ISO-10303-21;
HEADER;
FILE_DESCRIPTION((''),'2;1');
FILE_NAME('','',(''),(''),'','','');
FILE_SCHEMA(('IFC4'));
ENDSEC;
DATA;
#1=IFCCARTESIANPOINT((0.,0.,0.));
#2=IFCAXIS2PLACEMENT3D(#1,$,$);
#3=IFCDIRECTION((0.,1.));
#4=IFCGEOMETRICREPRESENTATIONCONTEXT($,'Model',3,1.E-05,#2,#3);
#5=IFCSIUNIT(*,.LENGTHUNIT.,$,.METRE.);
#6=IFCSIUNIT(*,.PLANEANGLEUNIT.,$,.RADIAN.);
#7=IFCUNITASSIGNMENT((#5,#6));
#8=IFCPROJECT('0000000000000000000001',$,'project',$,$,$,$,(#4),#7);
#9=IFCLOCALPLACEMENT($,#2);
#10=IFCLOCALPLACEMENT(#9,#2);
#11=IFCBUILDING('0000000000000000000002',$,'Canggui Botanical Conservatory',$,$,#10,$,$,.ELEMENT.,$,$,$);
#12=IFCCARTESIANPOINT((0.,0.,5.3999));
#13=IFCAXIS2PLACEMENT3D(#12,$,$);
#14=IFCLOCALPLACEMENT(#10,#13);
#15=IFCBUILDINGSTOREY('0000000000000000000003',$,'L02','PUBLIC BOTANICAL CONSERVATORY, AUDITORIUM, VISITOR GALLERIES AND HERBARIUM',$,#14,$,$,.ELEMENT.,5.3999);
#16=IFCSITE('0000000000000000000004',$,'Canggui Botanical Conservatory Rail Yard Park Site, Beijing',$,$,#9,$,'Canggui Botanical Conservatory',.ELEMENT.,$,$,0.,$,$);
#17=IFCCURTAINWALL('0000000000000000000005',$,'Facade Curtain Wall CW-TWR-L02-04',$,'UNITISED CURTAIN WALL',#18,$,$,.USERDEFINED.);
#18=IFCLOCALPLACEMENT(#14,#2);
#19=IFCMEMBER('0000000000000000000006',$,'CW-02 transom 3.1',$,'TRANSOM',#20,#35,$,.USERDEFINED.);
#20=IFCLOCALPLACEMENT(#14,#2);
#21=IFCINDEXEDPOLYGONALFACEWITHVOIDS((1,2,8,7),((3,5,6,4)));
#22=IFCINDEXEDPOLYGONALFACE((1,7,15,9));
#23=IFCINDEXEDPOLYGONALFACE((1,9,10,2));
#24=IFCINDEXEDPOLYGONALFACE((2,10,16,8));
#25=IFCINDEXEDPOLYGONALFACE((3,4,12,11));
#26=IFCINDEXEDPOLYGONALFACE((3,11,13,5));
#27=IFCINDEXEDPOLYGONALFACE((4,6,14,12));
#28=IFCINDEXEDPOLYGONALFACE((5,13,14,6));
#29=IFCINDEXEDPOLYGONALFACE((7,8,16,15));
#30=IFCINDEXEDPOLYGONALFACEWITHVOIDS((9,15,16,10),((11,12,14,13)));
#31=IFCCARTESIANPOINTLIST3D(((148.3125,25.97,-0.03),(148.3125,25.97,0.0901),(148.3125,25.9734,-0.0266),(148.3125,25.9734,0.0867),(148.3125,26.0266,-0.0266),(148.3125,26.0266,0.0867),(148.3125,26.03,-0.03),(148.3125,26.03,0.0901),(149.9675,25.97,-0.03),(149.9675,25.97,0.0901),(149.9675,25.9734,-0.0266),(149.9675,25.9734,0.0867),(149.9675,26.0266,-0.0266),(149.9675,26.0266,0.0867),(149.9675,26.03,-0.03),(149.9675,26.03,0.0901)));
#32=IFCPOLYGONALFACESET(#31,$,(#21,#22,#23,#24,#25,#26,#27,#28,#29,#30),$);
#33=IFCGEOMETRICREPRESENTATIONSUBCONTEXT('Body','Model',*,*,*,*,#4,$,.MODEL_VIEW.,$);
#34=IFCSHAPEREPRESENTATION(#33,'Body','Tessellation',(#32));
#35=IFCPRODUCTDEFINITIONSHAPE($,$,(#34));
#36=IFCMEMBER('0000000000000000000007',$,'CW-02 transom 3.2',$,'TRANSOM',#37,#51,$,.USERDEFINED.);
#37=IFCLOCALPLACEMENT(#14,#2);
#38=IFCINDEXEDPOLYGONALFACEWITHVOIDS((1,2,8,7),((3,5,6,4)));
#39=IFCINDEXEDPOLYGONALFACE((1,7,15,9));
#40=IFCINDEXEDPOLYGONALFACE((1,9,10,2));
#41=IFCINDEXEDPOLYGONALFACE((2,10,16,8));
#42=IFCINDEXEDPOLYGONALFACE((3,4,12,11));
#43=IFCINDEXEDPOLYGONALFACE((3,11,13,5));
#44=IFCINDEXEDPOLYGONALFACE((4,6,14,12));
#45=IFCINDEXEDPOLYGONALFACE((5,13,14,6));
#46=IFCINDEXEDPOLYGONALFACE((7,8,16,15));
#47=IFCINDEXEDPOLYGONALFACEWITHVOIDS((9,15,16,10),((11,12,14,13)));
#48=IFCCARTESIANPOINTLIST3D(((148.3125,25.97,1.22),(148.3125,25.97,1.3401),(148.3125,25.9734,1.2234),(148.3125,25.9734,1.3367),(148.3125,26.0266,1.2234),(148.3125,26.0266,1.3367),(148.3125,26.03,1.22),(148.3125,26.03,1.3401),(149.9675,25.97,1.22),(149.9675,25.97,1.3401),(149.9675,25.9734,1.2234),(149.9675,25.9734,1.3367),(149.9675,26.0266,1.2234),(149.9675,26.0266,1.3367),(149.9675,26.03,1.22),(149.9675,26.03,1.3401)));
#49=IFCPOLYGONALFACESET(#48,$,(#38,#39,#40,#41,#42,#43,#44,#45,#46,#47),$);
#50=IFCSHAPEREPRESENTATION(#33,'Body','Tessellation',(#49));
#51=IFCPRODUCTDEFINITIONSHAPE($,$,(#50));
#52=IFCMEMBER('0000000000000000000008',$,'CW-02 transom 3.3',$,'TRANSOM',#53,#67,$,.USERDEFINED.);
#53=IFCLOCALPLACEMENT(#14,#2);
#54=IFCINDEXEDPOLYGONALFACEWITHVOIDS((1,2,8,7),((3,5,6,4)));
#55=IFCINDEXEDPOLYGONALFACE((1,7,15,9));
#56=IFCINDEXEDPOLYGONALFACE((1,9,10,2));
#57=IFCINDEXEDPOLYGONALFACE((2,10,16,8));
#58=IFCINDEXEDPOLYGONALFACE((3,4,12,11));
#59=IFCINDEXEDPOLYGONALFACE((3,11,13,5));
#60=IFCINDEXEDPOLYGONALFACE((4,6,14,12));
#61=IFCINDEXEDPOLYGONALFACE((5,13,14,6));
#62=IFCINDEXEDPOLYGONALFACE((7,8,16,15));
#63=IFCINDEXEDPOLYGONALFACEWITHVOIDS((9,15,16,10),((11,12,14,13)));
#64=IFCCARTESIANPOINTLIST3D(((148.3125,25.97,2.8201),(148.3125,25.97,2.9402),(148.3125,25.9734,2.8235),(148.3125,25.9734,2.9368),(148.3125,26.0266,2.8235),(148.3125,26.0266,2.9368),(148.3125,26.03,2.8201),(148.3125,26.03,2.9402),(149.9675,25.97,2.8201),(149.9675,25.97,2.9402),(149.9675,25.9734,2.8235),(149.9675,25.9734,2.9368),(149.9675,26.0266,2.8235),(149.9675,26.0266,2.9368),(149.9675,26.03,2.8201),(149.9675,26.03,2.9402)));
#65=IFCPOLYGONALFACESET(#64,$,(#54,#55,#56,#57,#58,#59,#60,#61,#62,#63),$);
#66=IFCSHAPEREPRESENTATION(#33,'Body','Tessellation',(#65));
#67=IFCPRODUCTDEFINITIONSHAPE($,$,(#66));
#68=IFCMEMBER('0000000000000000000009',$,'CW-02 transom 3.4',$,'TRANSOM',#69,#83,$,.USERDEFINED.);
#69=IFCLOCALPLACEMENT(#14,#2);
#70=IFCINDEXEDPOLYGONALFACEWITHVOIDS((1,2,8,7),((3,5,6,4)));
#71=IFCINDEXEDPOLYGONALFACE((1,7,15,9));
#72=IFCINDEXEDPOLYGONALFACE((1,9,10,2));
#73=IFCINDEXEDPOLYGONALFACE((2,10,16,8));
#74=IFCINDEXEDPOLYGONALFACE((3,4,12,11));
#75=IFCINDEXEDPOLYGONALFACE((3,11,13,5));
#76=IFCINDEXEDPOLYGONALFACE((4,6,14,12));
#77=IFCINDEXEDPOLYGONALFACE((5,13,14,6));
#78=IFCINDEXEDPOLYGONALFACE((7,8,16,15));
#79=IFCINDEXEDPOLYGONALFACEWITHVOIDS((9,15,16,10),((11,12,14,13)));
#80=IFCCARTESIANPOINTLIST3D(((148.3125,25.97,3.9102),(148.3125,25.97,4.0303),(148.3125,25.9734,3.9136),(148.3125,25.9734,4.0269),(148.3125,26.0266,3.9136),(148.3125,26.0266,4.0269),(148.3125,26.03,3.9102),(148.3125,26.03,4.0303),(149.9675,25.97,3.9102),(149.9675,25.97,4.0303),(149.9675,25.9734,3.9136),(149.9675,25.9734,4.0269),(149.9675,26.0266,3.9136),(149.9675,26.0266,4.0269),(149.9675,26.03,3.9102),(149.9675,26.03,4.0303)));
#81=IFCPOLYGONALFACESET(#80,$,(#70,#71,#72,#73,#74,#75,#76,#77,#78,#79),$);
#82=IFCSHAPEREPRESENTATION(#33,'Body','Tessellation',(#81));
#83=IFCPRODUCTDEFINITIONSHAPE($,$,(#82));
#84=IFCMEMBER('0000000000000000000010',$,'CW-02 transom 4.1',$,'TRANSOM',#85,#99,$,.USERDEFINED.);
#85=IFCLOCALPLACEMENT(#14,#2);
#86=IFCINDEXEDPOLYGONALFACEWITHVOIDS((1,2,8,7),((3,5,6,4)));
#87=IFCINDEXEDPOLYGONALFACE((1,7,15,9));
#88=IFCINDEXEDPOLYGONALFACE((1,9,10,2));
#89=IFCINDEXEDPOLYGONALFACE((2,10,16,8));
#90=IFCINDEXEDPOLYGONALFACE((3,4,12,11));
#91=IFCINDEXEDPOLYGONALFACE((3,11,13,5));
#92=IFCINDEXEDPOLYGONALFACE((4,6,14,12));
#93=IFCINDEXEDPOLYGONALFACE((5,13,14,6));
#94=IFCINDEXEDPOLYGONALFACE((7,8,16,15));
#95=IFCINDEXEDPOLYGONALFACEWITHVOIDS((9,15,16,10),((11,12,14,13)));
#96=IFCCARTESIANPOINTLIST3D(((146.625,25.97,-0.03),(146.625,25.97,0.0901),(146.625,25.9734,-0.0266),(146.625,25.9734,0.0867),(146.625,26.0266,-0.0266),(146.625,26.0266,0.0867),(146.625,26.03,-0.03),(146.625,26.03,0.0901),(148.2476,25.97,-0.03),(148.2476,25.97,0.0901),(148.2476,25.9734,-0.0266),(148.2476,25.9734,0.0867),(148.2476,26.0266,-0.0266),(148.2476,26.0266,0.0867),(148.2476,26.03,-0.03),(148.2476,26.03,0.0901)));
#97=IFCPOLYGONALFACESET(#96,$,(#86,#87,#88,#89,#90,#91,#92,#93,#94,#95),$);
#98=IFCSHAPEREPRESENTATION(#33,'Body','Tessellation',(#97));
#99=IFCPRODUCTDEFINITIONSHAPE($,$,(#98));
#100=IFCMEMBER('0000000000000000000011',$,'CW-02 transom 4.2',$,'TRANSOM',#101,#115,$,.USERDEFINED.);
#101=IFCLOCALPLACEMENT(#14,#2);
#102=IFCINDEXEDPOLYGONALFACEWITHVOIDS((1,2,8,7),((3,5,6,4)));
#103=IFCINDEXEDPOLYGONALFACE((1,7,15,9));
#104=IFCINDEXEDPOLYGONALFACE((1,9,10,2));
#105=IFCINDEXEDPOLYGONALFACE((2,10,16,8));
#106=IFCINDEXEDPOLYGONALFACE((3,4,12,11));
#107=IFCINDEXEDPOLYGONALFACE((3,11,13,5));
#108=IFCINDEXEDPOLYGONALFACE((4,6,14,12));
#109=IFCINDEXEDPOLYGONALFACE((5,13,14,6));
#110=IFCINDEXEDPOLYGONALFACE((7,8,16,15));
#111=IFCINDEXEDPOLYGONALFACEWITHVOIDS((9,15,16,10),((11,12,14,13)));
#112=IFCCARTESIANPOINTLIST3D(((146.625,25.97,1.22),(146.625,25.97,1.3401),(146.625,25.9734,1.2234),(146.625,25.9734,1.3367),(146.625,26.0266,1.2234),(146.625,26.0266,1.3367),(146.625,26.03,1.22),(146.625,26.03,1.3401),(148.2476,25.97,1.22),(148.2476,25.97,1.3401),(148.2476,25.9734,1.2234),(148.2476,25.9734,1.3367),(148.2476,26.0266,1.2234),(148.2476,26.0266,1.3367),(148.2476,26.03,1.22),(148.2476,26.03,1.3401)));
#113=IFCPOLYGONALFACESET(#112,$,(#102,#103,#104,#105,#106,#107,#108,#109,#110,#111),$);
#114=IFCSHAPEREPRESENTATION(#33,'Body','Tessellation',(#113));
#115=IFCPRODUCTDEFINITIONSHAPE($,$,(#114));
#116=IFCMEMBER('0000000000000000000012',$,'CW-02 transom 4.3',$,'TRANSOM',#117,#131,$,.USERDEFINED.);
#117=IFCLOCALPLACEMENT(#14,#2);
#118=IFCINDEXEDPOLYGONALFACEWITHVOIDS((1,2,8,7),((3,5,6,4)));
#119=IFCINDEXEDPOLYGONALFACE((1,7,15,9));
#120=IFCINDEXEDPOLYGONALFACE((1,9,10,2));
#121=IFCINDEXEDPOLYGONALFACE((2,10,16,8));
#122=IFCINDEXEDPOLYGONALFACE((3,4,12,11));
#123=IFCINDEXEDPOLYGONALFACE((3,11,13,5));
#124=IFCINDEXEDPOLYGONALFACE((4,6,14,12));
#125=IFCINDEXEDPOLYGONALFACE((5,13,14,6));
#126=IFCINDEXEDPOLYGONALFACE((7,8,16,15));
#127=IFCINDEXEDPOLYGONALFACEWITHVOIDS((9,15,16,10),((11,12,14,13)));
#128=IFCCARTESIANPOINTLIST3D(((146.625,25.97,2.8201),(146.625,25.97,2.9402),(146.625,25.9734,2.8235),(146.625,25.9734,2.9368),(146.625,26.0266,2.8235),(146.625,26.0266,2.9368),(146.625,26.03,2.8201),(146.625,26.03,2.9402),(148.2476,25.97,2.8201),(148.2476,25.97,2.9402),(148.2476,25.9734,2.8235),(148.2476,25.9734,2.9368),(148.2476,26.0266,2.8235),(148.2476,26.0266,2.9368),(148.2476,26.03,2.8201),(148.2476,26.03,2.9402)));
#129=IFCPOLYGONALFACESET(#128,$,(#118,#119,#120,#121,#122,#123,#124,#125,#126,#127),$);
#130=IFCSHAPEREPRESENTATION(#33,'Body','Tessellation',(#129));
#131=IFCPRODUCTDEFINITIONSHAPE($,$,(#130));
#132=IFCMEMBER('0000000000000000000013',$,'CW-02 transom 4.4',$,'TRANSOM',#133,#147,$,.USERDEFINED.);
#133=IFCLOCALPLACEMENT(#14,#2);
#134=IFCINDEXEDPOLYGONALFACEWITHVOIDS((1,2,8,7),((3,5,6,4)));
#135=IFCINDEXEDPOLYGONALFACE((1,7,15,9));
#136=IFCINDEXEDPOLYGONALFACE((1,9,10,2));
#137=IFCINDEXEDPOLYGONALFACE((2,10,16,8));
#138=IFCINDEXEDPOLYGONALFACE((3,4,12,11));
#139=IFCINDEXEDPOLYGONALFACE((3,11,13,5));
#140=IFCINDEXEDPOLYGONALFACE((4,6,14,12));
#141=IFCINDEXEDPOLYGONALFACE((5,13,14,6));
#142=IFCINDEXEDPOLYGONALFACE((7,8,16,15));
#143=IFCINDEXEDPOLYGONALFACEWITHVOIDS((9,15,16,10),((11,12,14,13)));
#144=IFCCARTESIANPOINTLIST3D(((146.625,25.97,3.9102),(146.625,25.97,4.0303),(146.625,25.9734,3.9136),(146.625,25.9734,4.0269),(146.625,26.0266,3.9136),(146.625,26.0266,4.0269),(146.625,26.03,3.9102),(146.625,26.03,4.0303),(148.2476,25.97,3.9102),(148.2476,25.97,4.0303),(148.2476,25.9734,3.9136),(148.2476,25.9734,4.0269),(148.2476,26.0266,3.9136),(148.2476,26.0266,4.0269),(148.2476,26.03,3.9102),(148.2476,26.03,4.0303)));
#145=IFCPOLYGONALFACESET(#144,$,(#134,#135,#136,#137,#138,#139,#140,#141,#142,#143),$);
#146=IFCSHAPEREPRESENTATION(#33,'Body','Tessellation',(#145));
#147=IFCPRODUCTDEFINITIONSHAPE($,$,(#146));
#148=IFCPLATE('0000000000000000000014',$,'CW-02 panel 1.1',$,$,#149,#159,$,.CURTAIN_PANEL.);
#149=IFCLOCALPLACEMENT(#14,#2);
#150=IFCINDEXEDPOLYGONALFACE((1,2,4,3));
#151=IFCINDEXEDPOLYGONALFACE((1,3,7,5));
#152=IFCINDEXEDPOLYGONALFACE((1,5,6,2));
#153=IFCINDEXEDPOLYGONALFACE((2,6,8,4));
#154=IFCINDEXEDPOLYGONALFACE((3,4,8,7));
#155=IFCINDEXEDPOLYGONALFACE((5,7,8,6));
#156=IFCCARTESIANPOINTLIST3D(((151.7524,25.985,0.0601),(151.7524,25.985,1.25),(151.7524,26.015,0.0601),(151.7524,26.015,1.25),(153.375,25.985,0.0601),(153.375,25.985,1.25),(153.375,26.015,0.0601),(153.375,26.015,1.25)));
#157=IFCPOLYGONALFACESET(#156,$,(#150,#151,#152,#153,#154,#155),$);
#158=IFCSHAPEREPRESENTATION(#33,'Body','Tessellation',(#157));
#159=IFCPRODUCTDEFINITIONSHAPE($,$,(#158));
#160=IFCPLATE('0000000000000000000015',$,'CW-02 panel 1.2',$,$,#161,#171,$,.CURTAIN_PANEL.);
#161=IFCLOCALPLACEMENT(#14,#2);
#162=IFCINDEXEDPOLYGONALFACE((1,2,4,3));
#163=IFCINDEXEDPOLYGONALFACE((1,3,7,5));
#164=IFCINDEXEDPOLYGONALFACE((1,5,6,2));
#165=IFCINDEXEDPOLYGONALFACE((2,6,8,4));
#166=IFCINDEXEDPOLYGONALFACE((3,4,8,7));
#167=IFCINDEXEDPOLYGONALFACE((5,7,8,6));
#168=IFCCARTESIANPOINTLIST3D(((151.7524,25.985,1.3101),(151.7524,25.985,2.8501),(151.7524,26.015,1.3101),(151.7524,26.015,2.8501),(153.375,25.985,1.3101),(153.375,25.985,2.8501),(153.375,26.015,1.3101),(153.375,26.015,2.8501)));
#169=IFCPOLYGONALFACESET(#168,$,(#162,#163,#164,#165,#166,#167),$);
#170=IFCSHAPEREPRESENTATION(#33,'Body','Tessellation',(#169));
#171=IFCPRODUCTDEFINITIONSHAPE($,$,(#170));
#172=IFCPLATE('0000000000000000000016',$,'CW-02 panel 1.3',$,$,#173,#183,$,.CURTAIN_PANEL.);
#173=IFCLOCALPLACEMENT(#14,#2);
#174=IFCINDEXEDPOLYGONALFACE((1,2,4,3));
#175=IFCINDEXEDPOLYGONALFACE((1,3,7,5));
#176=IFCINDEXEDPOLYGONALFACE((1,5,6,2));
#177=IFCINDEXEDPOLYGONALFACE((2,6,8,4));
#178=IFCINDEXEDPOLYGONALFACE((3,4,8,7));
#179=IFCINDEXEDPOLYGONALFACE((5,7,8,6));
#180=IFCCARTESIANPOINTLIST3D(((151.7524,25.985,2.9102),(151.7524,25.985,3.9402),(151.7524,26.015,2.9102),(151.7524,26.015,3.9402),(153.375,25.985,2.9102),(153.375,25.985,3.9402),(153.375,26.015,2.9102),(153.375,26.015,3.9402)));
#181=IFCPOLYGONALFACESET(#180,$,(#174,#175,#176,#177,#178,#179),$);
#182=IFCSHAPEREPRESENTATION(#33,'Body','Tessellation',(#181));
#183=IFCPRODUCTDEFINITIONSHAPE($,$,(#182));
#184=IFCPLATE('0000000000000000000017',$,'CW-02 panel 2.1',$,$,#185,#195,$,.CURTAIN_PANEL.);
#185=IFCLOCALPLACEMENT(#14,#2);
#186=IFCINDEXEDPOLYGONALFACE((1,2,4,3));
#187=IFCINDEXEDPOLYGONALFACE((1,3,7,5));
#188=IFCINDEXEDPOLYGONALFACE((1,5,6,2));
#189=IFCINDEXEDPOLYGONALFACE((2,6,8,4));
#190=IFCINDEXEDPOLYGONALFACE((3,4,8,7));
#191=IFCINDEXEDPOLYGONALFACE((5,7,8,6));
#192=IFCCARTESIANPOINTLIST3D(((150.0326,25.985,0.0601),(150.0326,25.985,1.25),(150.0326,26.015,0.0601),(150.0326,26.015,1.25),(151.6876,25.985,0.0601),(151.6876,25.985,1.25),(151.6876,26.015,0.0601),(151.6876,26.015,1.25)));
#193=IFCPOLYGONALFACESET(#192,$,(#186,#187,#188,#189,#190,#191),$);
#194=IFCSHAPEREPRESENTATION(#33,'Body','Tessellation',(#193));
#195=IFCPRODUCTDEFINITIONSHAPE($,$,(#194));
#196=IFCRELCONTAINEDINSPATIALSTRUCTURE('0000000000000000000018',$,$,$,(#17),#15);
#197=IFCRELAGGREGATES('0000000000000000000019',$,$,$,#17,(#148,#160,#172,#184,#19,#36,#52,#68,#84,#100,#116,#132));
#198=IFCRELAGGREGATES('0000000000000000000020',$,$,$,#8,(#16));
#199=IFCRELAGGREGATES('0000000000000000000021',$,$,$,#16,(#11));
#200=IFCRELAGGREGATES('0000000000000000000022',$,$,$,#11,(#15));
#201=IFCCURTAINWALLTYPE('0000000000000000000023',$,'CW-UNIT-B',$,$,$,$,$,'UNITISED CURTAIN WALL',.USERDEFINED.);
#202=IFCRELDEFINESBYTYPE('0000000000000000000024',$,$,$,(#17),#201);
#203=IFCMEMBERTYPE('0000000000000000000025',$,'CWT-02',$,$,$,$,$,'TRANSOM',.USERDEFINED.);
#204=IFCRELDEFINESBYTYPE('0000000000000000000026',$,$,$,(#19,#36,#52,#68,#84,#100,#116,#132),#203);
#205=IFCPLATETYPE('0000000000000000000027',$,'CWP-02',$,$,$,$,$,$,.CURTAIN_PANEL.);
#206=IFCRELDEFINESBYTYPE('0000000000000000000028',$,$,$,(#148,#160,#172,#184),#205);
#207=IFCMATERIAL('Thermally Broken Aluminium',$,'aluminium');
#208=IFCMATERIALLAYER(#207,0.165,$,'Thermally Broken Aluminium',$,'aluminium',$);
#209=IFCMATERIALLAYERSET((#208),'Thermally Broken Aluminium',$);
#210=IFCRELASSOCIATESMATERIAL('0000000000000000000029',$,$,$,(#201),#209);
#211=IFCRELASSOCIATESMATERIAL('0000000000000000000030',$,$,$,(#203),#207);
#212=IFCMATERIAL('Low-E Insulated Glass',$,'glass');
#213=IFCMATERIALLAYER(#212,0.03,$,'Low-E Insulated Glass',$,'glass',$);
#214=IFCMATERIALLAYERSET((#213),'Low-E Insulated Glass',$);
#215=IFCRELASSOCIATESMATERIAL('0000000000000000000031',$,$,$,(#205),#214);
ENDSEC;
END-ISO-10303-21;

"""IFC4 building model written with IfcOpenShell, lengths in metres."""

from ifc_helpers import new_model, si_unit, direction, frame, origin, origin_2d, place, context, subcontext, project, spatial, rectangle, hollow_rectangle, extrude, material, layer, layer_set, material_profile, profile_set, type_object, element, aggregate, save


model = new_model("IFC4")

# Units and contexts
model_context = context("Model", 3, precision=1e-05, world=origin(), true_north=direction((0.0, 1.0)))
body_context = subcontext(model_context, "Body", "Model", "MODEL_VIEW")
ifc_project = project(units=[si_unit("LENGTHUNIT", "METRE"), si_unit("PLANEANGLEUNIT", "RADIAN")], contexts=[model_context])

# Site, building, storey
site_placement = place(None, origin())
site = spatial("IfcSite", under=ifc_project, at=site_placement, Name="Canggui Botanical Conservatory Rail Yard Park Site, Beijing", LongName="Canggui Botanical Conservatory", CompositionType="ELEMENT", RefElevation=0.0)
building_placement = place(site_placement, origin())
building = spatial("IfcBuilding", under=site, at=building_placement, Name="Canggui Botanical Conservatory", CompositionType="ELEMENT")
storey_placement = place(building_placement, frame((0.0, 0.0, 5.3999)))
storey = spatial("IfcBuildingStorey", under=building, at=storey_placement, Name="L02", Description="PUBLIC BOTANICAL CONSERVATORY, AUDITORIUM, VISITOR GALLERIES AND HERBARIUM", CompositionType="ELEMENT", Elevation=5.3999)

# Curtain wall, members, plates
ifc_material_1 = material(Name="Thermally Broken Aluminium", Category="aluminium")
ifc_layer_1 = layer(ifc_material_1, 0.165, Name="Thermally Broken Aluminium", Category="aluminium")
ifc_layer_set_1 = layer_set([ifc_layer_1], Name="Thermally Broken Aluminium")
curtain_wall_type = type_object("IfcCurtainWallType", Name="CW-UNIT-B", ElementType="UNITISED CURTAIN WALL", PredefinedType="USERDEFINED", material=ifc_layer_set_1)
curtain_wall_placement = place(storey_placement, origin())
curtain_wall = element("IfcCurtainWall", 1, at=curtain_wall_placement, inside=storey, type_object=curtain_wall_type, Name="Facade Curtain Wall CW-TWR-L02-04", ObjectType="UNITISED CURTAIN WALL", PredefinedType="USERDEFINED")
ifc_material_profile_1 = material_profile(ifc_material_1, hollow_rectangle(XDim=0.0601, YDim=0.1201, WallThickness=0.0034, at=origin_2d()), Name="CWT 60x120x3.5")
ifc_profile_set_1 = profile_set([ifc_material_profile_1], Name="Thermally Broken Aluminium")
member_type_1 = type_object("IfcMemberType", Name="CWT-02", ElementType="TRANSOM", PredefinedType="USERDEFINED", material=ifc_profile_set_1)
member_1_placement = place(storey_placement, frame((149.9675, 26.0, 0.03), z_axis=(-1.0, 0.0, 0.0), x_axis=(0.0, -1.0, 0.0)))
member_1 = element("IfcMember", 2, at=member_1_placement, type_object=member_type_1, Name="CW-02 transom 3.1", ObjectType="TRANSOM", PredefinedType="USERDEFINED", context=body_context, shape_type="SweptSolid", body=[
    extrude(hollow_rectangle(XDim=0.0601, YDim=0.1201, WallThickness=0.0034, at=origin_2d()), origin(), (0.0, 0.0, 1.0), 1.655),
])
member_2_placement = place(storey_placement, frame((149.9675, 26.0, 1.28), z_axis=(-1.0, 0.0, 0.0), x_axis=(0.0, -1.0, 0.0)))
member_2 = element("IfcMember", 3, at=member_2_placement, type_object=member_type_1, Name="CW-02 transom 3.2", ObjectType="TRANSOM", PredefinedType="USERDEFINED", context=body_context, shape_type="SweptSolid", body=[
    extrude(hollow_rectangle(XDim=0.0601, YDim=0.1201, WallThickness=0.0034, at=origin_2d()), origin(), (0.0, 0.0, 1.0), 1.655),
])
member_3_placement = place(storey_placement, frame((149.9675, 26.0, 2.8801), z_axis=(-1.0, 0.0, 0.0), x_axis=(0.0, -1.0, 0.0)))
member_3 = element("IfcMember", 4, at=member_3_placement, type_object=member_type_1, Name="CW-02 transom 3.3", ObjectType="TRANSOM", PredefinedType="USERDEFINED", context=body_context, shape_type="SweptSolid", body=[
    extrude(hollow_rectangle(XDim=0.0601, YDim=0.1201, WallThickness=0.0034, at=origin_2d()), origin(), (0.0, 0.0, 1.0), 1.655),
])
member_4_placement = place(storey_placement, frame((149.9675, 26.0, 3.9702), z_axis=(-1.0, 0.0, 0.0), x_axis=(0.0, -1.0, 0.0)))
member_4 = element("IfcMember", 5, at=member_4_placement, type_object=member_type_1, Name="CW-02 transom 3.4", ObjectType="TRANSOM", PredefinedType="USERDEFINED", context=body_context, shape_type="SweptSolid", body=[
    extrude(hollow_rectangle(XDim=0.0601, YDim=0.1201, WallThickness=0.0034, at=origin_2d()), origin(), (0.0, 0.0, 1.0), 1.655),
])
member_5_placement = place(storey_placement, frame((148.2476, 26.0, 0.03), z_axis=(-1.0, 0.0, 0.0), x_axis=(0.0, -1.0, 0.0)))
member_5 = element("IfcMember", 6, at=member_5_placement, type_object=member_type_1, Name="CW-02 transom 4.1", ObjectType="TRANSOM", PredefinedType="USERDEFINED", context=body_context, shape_type="SweptSolid", body=[
    extrude(hollow_rectangle(XDim=0.0601, YDim=0.1201, WallThickness=0.0034, at=origin_2d()), origin(), (0.0, 0.0, 1.0), 1.6226),
])
member_6_placement = place(storey_placement, frame((148.2476, 26.0, 1.28), z_axis=(-1.0, 0.0, 0.0), x_axis=(0.0, -1.0, 0.0)))
member_6 = element("IfcMember", 7, at=member_6_placement, type_object=member_type_1, Name="CW-02 transom 4.2", ObjectType="TRANSOM", PredefinedType="USERDEFINED", context=body_context, shape_type="SweptSolid", body=[
    extrude(hollow_rectangle(XDim=0.0601, YDim=0.1201, WallThickness=0.0034, at=origin_2d()), origin(), (0.0, 0.0, 1.0), 1.6226),
])
member_7_placement = place(storey_placement, frame((148.2476, 26.0, 2.8801), z_axis=(-1.0, 0.0, 0.0), x_axis=(0.0, -1.0, 0.0)))
member_7 = element("IfcMember", 8, at=member_7_placement, type_object=member_type_1, Name="CW-02 transom 4.3", ObjectType="TRANSOM", PredefinedType="USERDEFINED", context=body_context, shape_type="SweptSolid", body=[
    extrude(hollow_rectangle(XDim=0.0601, YDim=0.1201, WallThickness=0.0034, at=origin_2d()), origin(), (0.0, 0.0, 1.0), 1.6226),
])
member_8_placement = place(storey_placement, frame((148.2476, 26.0, 3.9702), z_axis=(-1.0, 0.0, 0.0), x_axis=(0.0, -1.0, 0.0)))
member_8 = element("IfcMember", 9, at=member_8_placement, type_object=member_type_1, Name="CW-02 transom 4.4", ObjectType="TRANSOM", PredefinedType="USERDEFINED", context=body_context, shape_type="SweptSolid", body=[
    extrude(hollow_rectangle(XDim=0.0601, YDim=0.1201, WallThickness=0.0034, at=origin_2d()), origin(), (0.0, 0.0, 1.0), 1.6226),
])
ifc_material_2 = material(Name="Low-E Insulated Glass", Category="glass")
ifc_layer_2 = layer(ifc_material_2, 0.03, Name="Low-E Insulated Glass", Category="glass")
ifc_layer_set_2 = layer_set([ifc_layer_2], Name="Low-E Insulated Glass")
plate_type = type_object("IfcPlateType", Name="CWP-02", PredefinedType="CURTAIN_PANEL", material=ifc_layer_set_2)
plate_1_placement = place(storey_placement, frame((152.5637, 26.0, 0.0601), z_axis=(0.0, 0.0, 1.0), x_axis=(-1.0, 0.0, 0.0)))
plate_1 = element("IfcPlate", 10, at=plate_1_placement, type_object=plate_type, Name="CW-02 panel 1.1", PredefinedType="CURTAIN_PANEL", context=body_context, shape_type="SweptSolid", body=[
    extrude(rectangle(XDim=1.6226, YDim=0.03, at=origin_2d()), origin(), (0.0, 0.0, 1.0), 1.1899),
])
plate_2_placement = place(storey_placement, frame((152.5637, 26.0, 1.3101), z_axis=(0.0, 0.0, 1.0), x_axis=(-1.0, 0.0, 0.0)))
plate_2 = element("IfcPlate", 11, at=plate_2_placement, type_object=plate_type, Name="CW-02 panel 1.2", PredefinedType="CURTAIN_PANEL", context=body_context, shape_type="SweptSolid", body=[
    extrude(rectangle(XDim=1.6226, YDim=0.03, at=origin_2d()), origin(), (0.0, 0.0, 1.0), 1.54),
])
plate_3_placement = place(storey_placement, frame((152.5637, 26.0, 2.9102), z_axis=(0.0, 0.0, 1.0), x_axis=(-1.0, 0.0, 0.0)))
plate_3 = element("IfcPlate", 12, at=plate_3_placement, type_object=plate_type, Name="CW-02 panel 1.3", PredefinedType="CURTAIN_PANEL", context=body_context, shape_type="SweptSolid", body=[
    extrude(rectangle(XDim=1.6226, YDim=0.03, at=origin_2d()), origin(), (0.0, 0.0, 1.0), 1.03),
])
plate_4_placement = place(storey_placement, frame((150.8601, 26.0, 0.0601), z_axis=(0.0, 0.0, 1.0), x_axis=(-1.0, 0.0, 0.0)))
plate_4 = element("IfcPlate", 13, at=plate_4_placement, type_object=plate_type, Name="CW-02 panel 2.1", PredefinedType="CURTAIN_PANEL", context=body_context, shape_type="SweptSolid", body=[
    extrude(rectangle(XDim=1.655, YDim=0.03, at=origin_2d()), origin(), (0.0, 0.0, 1.0), 1.1899),
])
aggregate(curtain_wall, [plate_1, plate_2, plate_3, plate_4, member_1, member_2, member_3, member_4, member_5, member_6, member_7, member_8])

save(model, "model.ifc")
